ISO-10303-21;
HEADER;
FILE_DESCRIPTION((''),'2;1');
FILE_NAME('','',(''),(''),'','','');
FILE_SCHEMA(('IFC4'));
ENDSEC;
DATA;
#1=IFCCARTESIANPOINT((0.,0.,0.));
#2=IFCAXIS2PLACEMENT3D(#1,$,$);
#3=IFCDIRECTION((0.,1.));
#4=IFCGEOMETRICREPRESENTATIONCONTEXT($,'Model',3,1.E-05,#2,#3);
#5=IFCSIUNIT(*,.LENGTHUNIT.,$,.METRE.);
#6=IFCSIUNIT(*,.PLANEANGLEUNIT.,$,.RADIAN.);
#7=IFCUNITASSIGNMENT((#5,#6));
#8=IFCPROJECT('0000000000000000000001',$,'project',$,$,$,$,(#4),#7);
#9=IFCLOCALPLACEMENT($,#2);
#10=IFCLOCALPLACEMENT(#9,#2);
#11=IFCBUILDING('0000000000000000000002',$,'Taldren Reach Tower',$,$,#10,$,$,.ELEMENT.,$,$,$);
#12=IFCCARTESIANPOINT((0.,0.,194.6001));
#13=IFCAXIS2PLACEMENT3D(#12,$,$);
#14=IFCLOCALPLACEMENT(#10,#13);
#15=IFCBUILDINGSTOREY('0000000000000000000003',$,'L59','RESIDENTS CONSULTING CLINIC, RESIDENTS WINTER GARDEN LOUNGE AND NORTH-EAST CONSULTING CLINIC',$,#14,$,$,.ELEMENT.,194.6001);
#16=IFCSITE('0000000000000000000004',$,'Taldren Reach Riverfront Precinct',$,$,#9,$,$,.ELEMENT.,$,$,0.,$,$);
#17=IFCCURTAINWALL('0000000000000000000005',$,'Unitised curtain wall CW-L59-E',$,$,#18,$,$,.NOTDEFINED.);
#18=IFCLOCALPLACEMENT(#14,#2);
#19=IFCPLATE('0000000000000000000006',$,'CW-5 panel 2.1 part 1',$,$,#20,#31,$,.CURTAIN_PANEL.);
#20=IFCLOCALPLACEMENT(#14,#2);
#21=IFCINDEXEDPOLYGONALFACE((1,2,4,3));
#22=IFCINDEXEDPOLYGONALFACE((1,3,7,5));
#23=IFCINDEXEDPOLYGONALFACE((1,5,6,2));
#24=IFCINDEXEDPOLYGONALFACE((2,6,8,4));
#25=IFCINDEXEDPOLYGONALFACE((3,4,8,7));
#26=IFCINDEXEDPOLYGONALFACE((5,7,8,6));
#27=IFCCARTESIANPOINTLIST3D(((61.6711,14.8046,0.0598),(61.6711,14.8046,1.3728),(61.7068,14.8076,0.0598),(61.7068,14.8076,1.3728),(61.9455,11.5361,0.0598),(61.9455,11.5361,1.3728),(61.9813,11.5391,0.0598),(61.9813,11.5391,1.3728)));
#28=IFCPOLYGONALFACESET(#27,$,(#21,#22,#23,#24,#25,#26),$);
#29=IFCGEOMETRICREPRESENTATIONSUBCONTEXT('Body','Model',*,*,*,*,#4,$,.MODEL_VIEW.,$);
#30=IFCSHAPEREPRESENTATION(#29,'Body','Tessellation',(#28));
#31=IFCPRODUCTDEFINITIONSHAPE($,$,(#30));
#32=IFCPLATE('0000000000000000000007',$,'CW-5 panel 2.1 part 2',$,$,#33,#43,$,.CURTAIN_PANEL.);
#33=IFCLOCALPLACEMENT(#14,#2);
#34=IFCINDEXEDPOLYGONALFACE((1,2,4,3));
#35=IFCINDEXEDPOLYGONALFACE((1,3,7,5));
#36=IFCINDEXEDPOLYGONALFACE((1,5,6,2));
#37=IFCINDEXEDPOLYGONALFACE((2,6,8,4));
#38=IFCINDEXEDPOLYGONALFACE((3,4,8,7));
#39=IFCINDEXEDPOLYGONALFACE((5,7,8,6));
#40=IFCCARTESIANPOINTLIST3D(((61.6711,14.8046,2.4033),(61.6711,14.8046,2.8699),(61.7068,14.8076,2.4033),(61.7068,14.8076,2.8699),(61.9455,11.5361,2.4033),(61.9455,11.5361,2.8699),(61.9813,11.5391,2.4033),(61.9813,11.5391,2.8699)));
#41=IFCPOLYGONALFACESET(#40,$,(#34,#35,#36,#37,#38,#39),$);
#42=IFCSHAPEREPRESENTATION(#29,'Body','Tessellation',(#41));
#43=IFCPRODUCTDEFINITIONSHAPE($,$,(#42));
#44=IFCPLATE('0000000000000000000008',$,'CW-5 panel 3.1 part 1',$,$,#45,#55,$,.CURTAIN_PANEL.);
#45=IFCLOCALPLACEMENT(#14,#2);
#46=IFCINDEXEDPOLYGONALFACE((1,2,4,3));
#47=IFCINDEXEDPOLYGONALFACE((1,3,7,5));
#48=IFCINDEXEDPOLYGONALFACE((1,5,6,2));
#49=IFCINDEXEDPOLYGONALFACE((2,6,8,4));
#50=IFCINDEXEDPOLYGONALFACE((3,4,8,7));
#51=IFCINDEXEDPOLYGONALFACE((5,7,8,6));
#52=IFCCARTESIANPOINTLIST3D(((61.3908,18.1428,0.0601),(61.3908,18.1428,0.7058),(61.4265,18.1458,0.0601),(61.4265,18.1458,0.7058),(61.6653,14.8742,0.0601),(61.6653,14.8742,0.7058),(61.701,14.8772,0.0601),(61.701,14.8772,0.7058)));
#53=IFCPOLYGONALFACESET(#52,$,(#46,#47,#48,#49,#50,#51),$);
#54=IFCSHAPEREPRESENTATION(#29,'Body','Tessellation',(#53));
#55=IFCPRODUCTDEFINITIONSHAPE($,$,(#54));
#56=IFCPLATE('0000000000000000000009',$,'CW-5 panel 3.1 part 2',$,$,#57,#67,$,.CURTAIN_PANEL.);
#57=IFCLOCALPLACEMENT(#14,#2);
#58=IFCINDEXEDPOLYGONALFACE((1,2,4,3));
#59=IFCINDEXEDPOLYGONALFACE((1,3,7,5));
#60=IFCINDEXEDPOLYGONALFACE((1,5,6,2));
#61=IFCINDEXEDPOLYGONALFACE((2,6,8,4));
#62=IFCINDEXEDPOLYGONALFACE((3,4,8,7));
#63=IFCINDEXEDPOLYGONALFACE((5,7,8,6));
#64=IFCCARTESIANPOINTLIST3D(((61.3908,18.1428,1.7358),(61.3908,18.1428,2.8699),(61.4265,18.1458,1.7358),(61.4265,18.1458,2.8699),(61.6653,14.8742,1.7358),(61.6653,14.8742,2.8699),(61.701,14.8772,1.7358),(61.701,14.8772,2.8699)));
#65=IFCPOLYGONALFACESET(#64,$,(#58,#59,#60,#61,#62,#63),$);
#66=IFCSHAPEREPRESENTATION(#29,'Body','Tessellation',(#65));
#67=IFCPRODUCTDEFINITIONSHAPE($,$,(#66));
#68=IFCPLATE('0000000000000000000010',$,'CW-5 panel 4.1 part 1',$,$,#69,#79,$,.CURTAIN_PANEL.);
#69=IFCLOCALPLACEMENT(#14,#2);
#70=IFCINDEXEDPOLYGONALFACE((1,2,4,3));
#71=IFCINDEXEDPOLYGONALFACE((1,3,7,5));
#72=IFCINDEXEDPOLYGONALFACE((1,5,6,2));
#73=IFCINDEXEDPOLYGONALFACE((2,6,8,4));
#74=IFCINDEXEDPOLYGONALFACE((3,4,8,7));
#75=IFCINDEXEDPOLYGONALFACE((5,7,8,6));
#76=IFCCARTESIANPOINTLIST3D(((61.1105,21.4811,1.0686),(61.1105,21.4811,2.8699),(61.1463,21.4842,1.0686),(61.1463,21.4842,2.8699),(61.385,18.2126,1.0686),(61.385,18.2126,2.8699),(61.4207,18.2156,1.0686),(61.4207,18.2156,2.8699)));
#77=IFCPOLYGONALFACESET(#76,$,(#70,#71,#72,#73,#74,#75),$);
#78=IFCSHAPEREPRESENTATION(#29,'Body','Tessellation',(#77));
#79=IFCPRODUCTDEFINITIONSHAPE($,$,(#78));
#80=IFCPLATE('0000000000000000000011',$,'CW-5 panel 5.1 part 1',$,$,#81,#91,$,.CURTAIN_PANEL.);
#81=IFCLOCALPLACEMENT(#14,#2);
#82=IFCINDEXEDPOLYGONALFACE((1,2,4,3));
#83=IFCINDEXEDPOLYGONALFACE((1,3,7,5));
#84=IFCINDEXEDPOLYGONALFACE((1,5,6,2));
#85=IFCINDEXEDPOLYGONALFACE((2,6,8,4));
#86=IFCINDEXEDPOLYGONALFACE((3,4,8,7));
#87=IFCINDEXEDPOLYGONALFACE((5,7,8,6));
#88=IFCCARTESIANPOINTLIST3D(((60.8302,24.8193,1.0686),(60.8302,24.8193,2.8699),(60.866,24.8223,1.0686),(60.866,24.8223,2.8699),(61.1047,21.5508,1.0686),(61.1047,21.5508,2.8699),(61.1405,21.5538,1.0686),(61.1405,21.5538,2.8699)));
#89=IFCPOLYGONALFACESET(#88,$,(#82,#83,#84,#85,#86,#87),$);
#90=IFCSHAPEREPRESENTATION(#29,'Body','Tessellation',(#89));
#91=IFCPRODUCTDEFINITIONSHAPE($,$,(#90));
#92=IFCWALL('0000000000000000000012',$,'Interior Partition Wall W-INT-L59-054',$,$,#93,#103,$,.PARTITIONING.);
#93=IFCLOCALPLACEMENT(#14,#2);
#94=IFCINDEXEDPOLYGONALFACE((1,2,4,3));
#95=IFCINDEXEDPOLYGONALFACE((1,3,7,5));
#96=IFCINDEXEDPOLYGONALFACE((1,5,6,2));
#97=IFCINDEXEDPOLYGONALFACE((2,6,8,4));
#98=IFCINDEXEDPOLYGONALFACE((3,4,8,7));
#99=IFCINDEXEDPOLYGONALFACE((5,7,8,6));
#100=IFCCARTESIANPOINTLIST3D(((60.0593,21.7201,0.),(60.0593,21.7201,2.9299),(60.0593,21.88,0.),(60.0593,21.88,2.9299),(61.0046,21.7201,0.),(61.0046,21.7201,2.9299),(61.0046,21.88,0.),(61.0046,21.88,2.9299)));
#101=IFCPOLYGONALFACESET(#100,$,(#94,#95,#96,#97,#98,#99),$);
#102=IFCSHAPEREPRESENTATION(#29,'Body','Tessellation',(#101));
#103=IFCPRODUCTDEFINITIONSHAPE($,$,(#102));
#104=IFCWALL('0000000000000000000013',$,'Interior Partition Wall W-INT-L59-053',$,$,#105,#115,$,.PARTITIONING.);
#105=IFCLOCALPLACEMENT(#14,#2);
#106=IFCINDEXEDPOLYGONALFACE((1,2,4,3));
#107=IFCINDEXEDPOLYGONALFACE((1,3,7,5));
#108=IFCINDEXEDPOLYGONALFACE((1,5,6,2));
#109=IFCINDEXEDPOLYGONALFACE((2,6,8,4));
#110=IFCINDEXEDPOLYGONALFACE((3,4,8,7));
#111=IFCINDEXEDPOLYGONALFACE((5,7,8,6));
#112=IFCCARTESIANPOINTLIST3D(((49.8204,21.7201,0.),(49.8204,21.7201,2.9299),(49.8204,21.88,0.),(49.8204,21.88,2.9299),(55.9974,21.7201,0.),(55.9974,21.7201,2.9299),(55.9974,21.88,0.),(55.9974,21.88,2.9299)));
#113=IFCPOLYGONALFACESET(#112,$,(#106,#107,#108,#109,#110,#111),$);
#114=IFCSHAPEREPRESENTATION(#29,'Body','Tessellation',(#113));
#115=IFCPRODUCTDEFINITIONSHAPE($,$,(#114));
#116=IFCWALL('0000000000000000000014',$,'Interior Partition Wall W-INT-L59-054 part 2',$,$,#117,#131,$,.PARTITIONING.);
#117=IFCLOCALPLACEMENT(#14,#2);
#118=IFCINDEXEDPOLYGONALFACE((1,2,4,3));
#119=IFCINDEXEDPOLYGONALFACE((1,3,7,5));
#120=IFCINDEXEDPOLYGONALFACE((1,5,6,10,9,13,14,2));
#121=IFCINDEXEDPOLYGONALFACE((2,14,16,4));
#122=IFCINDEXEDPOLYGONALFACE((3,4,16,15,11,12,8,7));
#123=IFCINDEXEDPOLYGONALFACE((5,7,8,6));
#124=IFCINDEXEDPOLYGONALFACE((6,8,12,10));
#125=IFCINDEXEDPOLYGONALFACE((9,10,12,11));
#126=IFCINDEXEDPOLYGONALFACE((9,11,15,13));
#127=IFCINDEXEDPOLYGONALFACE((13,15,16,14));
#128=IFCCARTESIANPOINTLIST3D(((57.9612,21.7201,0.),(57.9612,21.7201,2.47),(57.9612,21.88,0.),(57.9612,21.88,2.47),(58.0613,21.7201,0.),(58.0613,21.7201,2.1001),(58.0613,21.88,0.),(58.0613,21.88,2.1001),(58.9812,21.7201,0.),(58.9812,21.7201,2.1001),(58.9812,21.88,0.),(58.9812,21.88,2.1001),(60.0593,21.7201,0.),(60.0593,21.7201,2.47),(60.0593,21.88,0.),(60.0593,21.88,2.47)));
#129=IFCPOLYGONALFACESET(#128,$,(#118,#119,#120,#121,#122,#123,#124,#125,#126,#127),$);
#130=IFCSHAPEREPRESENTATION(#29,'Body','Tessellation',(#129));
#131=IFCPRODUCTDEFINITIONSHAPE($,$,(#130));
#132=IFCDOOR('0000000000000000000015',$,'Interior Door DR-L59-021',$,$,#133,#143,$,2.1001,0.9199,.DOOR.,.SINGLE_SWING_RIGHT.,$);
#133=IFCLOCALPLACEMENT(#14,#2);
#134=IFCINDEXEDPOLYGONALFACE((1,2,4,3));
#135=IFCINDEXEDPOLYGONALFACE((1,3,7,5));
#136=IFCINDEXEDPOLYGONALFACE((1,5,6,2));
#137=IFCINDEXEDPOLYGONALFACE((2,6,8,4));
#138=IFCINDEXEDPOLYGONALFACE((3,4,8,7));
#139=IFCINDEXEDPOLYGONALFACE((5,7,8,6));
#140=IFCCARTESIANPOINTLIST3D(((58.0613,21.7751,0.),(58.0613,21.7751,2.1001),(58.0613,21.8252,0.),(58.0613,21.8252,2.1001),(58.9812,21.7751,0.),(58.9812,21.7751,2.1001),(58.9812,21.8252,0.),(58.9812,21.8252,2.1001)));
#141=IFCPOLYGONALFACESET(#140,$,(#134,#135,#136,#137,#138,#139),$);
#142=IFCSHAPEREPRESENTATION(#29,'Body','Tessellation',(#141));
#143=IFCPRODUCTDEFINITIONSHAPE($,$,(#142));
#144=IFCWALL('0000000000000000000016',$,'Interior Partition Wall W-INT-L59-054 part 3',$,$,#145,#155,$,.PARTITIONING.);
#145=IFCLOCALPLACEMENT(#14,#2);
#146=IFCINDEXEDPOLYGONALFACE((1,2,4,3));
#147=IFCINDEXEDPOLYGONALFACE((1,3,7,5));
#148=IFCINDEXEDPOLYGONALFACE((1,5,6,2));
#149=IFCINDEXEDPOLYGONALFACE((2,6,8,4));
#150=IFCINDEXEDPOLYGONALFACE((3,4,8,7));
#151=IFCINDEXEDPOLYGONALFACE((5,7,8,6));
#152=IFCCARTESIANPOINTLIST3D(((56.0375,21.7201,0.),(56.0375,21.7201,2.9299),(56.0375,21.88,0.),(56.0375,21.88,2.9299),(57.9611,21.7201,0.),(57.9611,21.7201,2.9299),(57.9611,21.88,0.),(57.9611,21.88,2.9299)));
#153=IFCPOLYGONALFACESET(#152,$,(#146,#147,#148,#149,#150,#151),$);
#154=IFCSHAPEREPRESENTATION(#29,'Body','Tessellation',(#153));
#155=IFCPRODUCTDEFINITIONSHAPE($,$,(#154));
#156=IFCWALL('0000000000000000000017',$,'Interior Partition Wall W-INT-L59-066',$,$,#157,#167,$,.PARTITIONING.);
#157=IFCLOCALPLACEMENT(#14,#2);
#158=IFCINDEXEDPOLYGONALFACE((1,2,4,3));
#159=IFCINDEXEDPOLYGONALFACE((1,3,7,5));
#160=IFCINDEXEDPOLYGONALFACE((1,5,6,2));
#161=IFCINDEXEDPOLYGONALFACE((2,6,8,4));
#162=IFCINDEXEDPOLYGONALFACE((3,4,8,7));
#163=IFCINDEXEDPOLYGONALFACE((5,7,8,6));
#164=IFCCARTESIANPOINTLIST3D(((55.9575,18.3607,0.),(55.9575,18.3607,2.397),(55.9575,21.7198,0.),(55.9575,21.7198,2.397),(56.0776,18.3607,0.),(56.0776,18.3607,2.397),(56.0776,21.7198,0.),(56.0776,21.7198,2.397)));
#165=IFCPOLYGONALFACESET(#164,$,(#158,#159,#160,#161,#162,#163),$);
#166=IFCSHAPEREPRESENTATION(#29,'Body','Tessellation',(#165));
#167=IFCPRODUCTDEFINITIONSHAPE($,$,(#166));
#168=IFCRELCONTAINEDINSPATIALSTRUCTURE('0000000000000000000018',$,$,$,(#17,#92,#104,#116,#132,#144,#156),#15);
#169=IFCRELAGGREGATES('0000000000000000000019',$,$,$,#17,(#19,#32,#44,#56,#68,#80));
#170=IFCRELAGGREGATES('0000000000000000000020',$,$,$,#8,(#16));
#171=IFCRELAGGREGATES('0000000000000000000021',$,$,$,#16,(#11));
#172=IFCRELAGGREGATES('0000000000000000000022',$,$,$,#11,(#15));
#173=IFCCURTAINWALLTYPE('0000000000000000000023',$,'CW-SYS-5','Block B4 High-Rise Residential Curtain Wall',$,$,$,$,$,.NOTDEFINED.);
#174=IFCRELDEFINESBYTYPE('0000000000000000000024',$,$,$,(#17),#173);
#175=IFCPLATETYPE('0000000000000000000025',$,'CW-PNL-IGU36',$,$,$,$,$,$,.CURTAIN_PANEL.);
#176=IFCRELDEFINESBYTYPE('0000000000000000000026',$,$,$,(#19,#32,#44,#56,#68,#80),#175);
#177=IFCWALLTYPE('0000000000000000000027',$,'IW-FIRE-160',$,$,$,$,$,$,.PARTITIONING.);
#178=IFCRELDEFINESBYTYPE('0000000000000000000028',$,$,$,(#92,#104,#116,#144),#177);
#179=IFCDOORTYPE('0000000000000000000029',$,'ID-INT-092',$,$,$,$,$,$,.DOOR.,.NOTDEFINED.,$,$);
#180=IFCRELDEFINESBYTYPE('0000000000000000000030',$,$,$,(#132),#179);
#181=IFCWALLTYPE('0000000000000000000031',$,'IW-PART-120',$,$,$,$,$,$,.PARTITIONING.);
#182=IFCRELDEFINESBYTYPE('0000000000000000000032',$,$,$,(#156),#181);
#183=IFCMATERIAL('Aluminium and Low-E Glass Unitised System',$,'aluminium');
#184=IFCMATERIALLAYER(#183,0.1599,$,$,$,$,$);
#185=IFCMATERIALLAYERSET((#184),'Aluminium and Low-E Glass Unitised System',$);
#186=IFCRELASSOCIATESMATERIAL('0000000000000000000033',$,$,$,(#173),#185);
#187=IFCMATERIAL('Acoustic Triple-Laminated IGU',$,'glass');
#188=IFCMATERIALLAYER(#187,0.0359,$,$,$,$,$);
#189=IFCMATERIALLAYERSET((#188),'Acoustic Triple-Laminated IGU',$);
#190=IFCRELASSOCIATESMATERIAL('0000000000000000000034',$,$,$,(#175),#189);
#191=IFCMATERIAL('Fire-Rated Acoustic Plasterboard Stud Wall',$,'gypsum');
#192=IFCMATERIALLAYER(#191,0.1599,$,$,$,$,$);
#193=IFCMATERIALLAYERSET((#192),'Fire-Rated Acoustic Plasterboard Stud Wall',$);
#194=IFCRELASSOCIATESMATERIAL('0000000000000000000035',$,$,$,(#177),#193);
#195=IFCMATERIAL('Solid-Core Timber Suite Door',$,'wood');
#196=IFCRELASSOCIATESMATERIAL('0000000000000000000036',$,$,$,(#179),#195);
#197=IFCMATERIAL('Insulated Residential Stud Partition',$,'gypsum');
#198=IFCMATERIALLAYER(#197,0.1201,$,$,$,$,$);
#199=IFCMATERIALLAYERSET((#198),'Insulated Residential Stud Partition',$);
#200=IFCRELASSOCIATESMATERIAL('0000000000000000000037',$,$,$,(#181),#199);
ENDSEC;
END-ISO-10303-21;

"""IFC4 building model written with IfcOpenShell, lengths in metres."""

from ifc_helpers import new_model, si_unit, direction, frame, frame_2d, origin, origin_2d, place, context, subcontext, project, spatial, rectangle, extrude, source, transform, mapped, material, layer, layer_set, type_object, element, fill, aggregate, save


model = new_model("IFC4")

# Units and contexts
model_context = context("Model", 3, precision=1e-05, world=origin(), true_north=direction((0.0, 1.0)))
body_context = subcontext(model_context, "Body", "Model", "MODEL_VIEW")
ifc_project = project(units=[si_unit("LENGTHUNIT", "METRE"), si_unit("PLANEANGLEUNIT", "RADIAN")], contexts=[model_context])

# Site, building, storey
site_placement = place(None, origin())
site = spatial("IfcSite", under=ifc_project, at=site_placement, Name="Taldren Reach Riverfront Precinct", CompositionType="ELEMENT", RefElevation=0.0)
building_placement = place(site_placement, origin())
building = spatial("IfcBuilding", under=site, at=building_placement, Name="Taldren Reach Tower", CompositionType="ELEMENT")
storey_placement = place(building_placement, frame((0.0, 0.0, 194.6001)))
storey = spatial("IfcBuildingStorey", under=building, at=storey_placement, Name="L59", Description="RESIDENTS CONSULTING CLINIC, RESIDENTS WINTER GARDEN LOUNGE AND NORTH-EAST CONSULTING CLINIC", CompositionType="ELEMENT", Elevation=194.6001)

# Curtain wall
ifc_material_1 = material(Name="Aluminium and Low-E Glass Unitised System", Category="aluminium")
ifc_layer_1 = layer(ifc_material_1, 0.1599)
ifc_layer_set_1 = layer_set([ifc_layer_1], Name="Aluminium and Low-E Glass Unitised System")
curtain_wall_type = type_object("IfcCurtainWallType", Name="CW-SYS-5", Description="Block B4 High-Rise Residential Curtain Wall", PredefinedType="NOTDEFINED", material=ifc_layer_set_1)
curtain_wall_placement = place(storey_placement, origin())
curtain_wall = element("IfcCurtainWall", 1, at=curtain_wall_placement, inside=storey, type_object=curtain_wall_type, Name="Unitised curtain wall CW-L59-E", PredefinedType="NOTDEFINED")

# Plates
ifc_material_2 = material(Name="Acoustic Triple-Laminated IGU", Category="glass")
ifc_layer_2 = layer(ifc_material_2, 0.0359)
ifc_layer_set_2 = layer_set([ifc_layer_2], Name="Acoustic Triple-Laminated IGU")
plate_type_1 = type_object("IfcPlateType", Name="CW-PNL-IGU36", PredefinedType="CURTAIN_PANEL", material=ifc_layer_set_2)
shared_shape_1 = source(origin(), body_context, "Body", "SweptSolid", [
    extrude(rectangle(XDim=3.28, YDim=0.0359, at=origin_2d()), origin(), (0.0, 0.0, 1.0), 1.313),
])
plate_1_placement = place(storey_placement, frame((61.8262, 13.1719, 0.0598), z_axis=(0.0, 0.0, 1.0), x_axis=(-0.083678, 0.996493, 0.0)))
plate_1 = element("IfcPlate", 2, at=plate_1_placement, type_object=plate_type_1, Name="CW-5 panel 2.1 part 1", PredefinedType="CURTAIN_PANEL", context=body_context, shape_type="MappedRepresentation", body=[
    mapped(shared_shape_1, transform((0.0, 0.0, 0.0), scale=1.0)),
])
shared_shape_2 = source(origin(), body_context, "Body", "SweptSolid", [
    extrude(rectangle(XDim=3.28, YDim=0.0359, at=origin_2d()), origin(), (0.0, 0.0, 1.0), 0.4666),
])
plate_2_placement = place(storey_placement, frame((61.8262, 13.1719, 2.4033), z_axis=(0.0, 0.0, 1.0), x_axis=(-0.083678, 0.996493, 0.0)))
plate_2 = element("IfcPlate", 3, at=plate_2_placement, type_object=plate_type_1, Name="CW-5 panel 2.1 part 2", PredefinedType="CURTAIN_PANEL", context=body_context, shape_type="MappedRepresentation", body=[
    mapped(shared_shape_2, transform((0.0, 0.0, 0.0), scale=1.0)),
])
shared_shape_3 = source(origin(), body_context, "Body", "SweptSolid", [
    extrude(rectangle(XDim=3.28, YDim=0.0359, at=origin_2d()), origin(), (0.0, 0.0, 1.0), 0.6458),
])
plate_3_placement = place(storey_placement, frame((61.5459, 16.51, 0.0601), z_axis=(0.0, 0.0, 1.0), x_axis=(-0.083678, 0.996493, 0.0)))
plate_3 = element("IfcPlate", 4, at=plate_3_placement, type_object=plate_type_1, Name="CW-5 panel 3.1 part 1", PredefinedType="CURTAIN_PANEL", context=body_context, shape_type="MappedRepresentation", body=[
    mapped(shared_shape_3, transform((0.0, 0.0, 0.0), scale=1.0)),
])
shared_shape_4 = source(origin(), body_context, "Body", "SweptSolid", [
    extrude(rectangle(XDim=3.28, YDim=0.0359, at=origin_2d()), origin(), (0.0, 0.0, 1.0), 1.134),
])
plate_4_placement = place(storey_placement, frame((61.5459, 16.51, 1.7358), z_axis=(0.0, 0.0, 1.0), x_axis=(-0.083678, 0.996493, 0.0)))
plate_4 = element("IfcPlate", 5, at=plate_4_placement, type_object=plate_type_1, Name="CW-5 panel 3.1 part 2", PredefinedType="CURTAIN_PANEL", context=body_context, shape_type="MappedRepresentation", body=[
    mapped(shared_shape_4, transform((0.0, 0.0, 0.0), scale=1.0)),
])
shared_shape_5 = source(origin(), body_context, "Body", "SweptSolid", [
    extrude(rectangle(XDim=3.28, YDim=0.0359, at=origin_2d()), origin(), (0.0, 0.0, 1.0), 1.8013),
])
plate_5_placement = place(storey_placement, frame((61.2656, 19.8484, 1.0686), z_axis=(0.0, 0.0, 1.0), x_axis=(-0.083678, 0.996493, 0.0)))
plate_5 = element("IfcPlate", 6, at=plate_5_placement, type_object=plate_type_1, Name="CW-5 panel 4.1 part 1", PredefinedType="CURTAIN_PANEL", context=body_context, shape_type="MappedRepresentation", body=[
    mapped(shared_shape_5, transform((0.0, 0.0, 0.0), scale=1.0)),
])
plate_6_placement = place(storey_placement, frame((60.9854, 23.1865, 1.0686), z_axis=(0.0, 0.0, 1.0), x_axis=(-0.083678, 0.996493, 0.0)))
plate_6 = element("IfcPlate", 7, at=plate_6_placement, type_object=plate_type_1, Name="CW-5 panel 5.1 part 1", PredefinedType="CURTAIN_PANEL", context=body_context, shape_type="MappedRepresentation", body=[
    mapped(shared_shape_5, transform((0.0, 0.0, 0.0), scale=1.0)),
])
aggregate(curtain_wall, [plate_1, plate_2, plate_3, plate_4, plate_5, plate_6])

# Walls
ifc_material_3 = material(Name="Fire-Rated Acoustic Plasterboard Stud Wall", Category="gypsum")
ifc_layer_3 = layer(ifc_material_3, 0.1599)
ifc_layer_set_3 = layer_set([ifc_layer_3], Name="Fire-Rated Acoustic Plasterboard Stud Wall")
wall_type_1 = type_object("IfcWallType", Name="IW-FIRE-160", PredefinedType="PARTITIONING", material=ifc_layer_set_3)
shared_shape_6 = source(origin(), body_context, "Body", "SweptSolid", [
    extrude(rectangle(XDim=0.9453, YDim=0.1599, at=frame_2d((0.4727, 0.0))), origin(), (0.0, 0.0, 1.0), 2.9299),
])
wall_1_placement = place(storey_placement, frame((61.0046, 21.8, 0.0), z_axis=(0.0, 0.0, 1.0), x_axis=(-1.0, 0.0, 0.0)))
element("IfcWall", 8, at=wall_1_placement, inside=storey, type_object=wall_type_1, Name="Interior Partition Wall W-INT-L59-054", PredefinedType="PARTITIONING", context=body_context, shape_type="MappedRepresentation", body=[
    mapped(shared_shape_6, transform((0.0, 0.0, 0.0), scale=1.0)),
])
shared_shape_7 = source(origin(), body_context, "Body", "SweptSolid", [
    extrude(rectangle(XDim=6.177, YDim=0.1599, at=frame_2d((3.0884, 0.0))), origin(), (0.0, 0.0, 1.0), 2.9299),
])
wall_2_placement = place(storey_placement, frame((55.9973, 21.8, 0.0), z_axis=(0.0, 0.0, 1.0), x_axis=(-1.0, 0.0, 0.0)))
element("IfcWall", 9, at=wall_2_placement, inside=storey, type_object=wall_type_1, Name="Interior Partition Wall W-INT-L59-053", PredefinedType="PARTITIONING", context=body_context, shape_type="MappedRepresentation", body=[
    mapped(shared_shape_7, transform((0.0, 0.0, 0.0), scale=1.0)),
])

# Wall, opening, door
shared_shape_8 = source(origin(), body_context, "Body", "SweptSolid", [
    extrude(rectangle(XDim=2.0981, YDim=0.1599, at=frame_2d((1.0491, 0.0))), origin(), (0.0, 0.0, 1.0), 2.47),
])
wall_3_placement = place(storey_placement, frame((60.0593, 21.8, 0.0), z_axis=(0.0, 0.0, 1.0), x_axis=(-1.0, 0.0, 0.0)))
wall_3 = element("IfcWall", 10, at=wall_3_placement, inside=storey, type_object=wall_type_1, Name="Interior Partition Wall W-INT-L59-054 part 2", PredefinedType="PARTITIONING", context=body_context, shape_type="MappedRepresentation", body=[
    mapped(shared_shape_8, transform((0.0, 0.0, 0.0), scale=1.0)),
])
shared_shape_9 = source(origin(), body_context, "Body", "SweptSolid", [
    extrude(rectangle(XDim=0.9199, YDim=2.1001, at=frame_2d((0.46, 1.05))), frame((0.0, 0.0898, 0.0), z_axis=(0.0, -1.0, 0.0), x_axis=(1.0, 0.0, 0.0)), (0.0, 0.0, 1.0), 0.1799),
])
opening_placement = place(wall_3_placement, frame((1.0781, 0.0, 0.0)))
opening = element("IfcOpeningElement", 11, at=opening_placement, cuts=wall_3, PredefinedType="OPENING", context=body_context, shape_type="MappedRepresentation", body=[
    mapped(shared_shape_9, transform((0.0, 0.0, 0.0), scale=1.0)),
])
ifc_material_4 = material(Name="Solid-Core Timber Suite Door", Category="wood")
door_type = type_object("IfcDoorType", Name="ID-INT-092", OperationType="NOTDEFINED", PredefinedType="DOOR", material=ifc_material_4)
shared_shape_10 = source(origin(), body_context, "Body", "SweptSolid", [
    extrude(rectangle(XDim=0.9199, YDim=2.1001, at=frame_2d((0.46, 1.05))), frame((0.0, 0.0249, 0.0), z_axis=(0.0, -1.0, 0.0), x_axis=(1.0, 0.0, 0.0)), (0.0, 0.0, 1.0), 0.05),
])
door_placement = place(opening_placement, origin())
door = element("IfcDoor", 12, at=door_placement, inside=storey, type_object=door_type, Name="Interior Door DR-L59-021", OperationType="SINGLE_SWING_RIGHT", OverallHeight=2.1001, OverallWidth=0.9199, PredefinedType="DOOR", context=body_context, shape_type="MappedRepresentation", body=[
    mapped(shared_shape_10, transform((0.0, 0.0, 0.0), scale=1.0)),
])
fill(opening, door)

# Walls
shared_shape_11 = source(origin(), body_context, "Body", "SweptSolid", [
    extrude(rectangle(XDim=1.9236, YDim=0.1599, at=frame_2d((0.9619, 0.0))), origin(), (0.0, 0.0, 1.0), 2.9299),
])
wall_4_placement = place(storey_placement, frame((57.9612, 21.8, 0.0), z_axis=(0.0, 0.0, 1.0), x_axis=(-1.0, 0.0, 0.0)))
element("IfcWall", 13, at=wall_4_placement, inside=storey, type_object=wall_type_1, Name="Interior Partition Wall W-INT-L59-054 part 3", PredefinedType="PARTITIONING", context=body_context, shape_type="MappedRepresentation", body=[
    mapped(shared_shape_11, transform((0.0, 0.0, 0.0), scale=1.0)),
])
ifc_material_5 = material(Name="Insulated Residential Stud Partition", Category="gypsum")
ifc_layer_4 = layer(ifc_material_5, 0.1201)
ifc_layer_set_4 = layer_set([ifc_layer_4], Name="Insulated Residential Stud Partition")
wall_type_2 = type_object("IfcWallType", Name="IW-PART-120", PredefinedType="PARTITIONING", material=ifc_layer_set_4)
shared_shape_12 = source(origin(), body_context, "Body", "SweptSolid", [
    extrude(rectangle(XDim=3.3591, YDim=0.1201, at=frame_2d((1.6797, 0.0))), origin(), (0.0, 0.0, 1.0), 2.397),
])
wall_5_placement = place(storey_placement, frame((56.0176, 21.72, 0.0), z_axis=(0.0, 0.0, 1.0), x_axis=(0.0, -1.0, 0.0)))
element("IfcWall", 14, at=wall_5_placement, inside=storey, type_object=wall_type_2, Name="Interior Partition Wall W-INT-L59-066", PredefinedType="PARTITIONING", context=body_context, shape_type="MappedRepresentation", body=[
    mapped(shared_shape_12, transform((0.0, 0.0, 0.0), scale=1.0)),
])

save(model, "model.ifc")
